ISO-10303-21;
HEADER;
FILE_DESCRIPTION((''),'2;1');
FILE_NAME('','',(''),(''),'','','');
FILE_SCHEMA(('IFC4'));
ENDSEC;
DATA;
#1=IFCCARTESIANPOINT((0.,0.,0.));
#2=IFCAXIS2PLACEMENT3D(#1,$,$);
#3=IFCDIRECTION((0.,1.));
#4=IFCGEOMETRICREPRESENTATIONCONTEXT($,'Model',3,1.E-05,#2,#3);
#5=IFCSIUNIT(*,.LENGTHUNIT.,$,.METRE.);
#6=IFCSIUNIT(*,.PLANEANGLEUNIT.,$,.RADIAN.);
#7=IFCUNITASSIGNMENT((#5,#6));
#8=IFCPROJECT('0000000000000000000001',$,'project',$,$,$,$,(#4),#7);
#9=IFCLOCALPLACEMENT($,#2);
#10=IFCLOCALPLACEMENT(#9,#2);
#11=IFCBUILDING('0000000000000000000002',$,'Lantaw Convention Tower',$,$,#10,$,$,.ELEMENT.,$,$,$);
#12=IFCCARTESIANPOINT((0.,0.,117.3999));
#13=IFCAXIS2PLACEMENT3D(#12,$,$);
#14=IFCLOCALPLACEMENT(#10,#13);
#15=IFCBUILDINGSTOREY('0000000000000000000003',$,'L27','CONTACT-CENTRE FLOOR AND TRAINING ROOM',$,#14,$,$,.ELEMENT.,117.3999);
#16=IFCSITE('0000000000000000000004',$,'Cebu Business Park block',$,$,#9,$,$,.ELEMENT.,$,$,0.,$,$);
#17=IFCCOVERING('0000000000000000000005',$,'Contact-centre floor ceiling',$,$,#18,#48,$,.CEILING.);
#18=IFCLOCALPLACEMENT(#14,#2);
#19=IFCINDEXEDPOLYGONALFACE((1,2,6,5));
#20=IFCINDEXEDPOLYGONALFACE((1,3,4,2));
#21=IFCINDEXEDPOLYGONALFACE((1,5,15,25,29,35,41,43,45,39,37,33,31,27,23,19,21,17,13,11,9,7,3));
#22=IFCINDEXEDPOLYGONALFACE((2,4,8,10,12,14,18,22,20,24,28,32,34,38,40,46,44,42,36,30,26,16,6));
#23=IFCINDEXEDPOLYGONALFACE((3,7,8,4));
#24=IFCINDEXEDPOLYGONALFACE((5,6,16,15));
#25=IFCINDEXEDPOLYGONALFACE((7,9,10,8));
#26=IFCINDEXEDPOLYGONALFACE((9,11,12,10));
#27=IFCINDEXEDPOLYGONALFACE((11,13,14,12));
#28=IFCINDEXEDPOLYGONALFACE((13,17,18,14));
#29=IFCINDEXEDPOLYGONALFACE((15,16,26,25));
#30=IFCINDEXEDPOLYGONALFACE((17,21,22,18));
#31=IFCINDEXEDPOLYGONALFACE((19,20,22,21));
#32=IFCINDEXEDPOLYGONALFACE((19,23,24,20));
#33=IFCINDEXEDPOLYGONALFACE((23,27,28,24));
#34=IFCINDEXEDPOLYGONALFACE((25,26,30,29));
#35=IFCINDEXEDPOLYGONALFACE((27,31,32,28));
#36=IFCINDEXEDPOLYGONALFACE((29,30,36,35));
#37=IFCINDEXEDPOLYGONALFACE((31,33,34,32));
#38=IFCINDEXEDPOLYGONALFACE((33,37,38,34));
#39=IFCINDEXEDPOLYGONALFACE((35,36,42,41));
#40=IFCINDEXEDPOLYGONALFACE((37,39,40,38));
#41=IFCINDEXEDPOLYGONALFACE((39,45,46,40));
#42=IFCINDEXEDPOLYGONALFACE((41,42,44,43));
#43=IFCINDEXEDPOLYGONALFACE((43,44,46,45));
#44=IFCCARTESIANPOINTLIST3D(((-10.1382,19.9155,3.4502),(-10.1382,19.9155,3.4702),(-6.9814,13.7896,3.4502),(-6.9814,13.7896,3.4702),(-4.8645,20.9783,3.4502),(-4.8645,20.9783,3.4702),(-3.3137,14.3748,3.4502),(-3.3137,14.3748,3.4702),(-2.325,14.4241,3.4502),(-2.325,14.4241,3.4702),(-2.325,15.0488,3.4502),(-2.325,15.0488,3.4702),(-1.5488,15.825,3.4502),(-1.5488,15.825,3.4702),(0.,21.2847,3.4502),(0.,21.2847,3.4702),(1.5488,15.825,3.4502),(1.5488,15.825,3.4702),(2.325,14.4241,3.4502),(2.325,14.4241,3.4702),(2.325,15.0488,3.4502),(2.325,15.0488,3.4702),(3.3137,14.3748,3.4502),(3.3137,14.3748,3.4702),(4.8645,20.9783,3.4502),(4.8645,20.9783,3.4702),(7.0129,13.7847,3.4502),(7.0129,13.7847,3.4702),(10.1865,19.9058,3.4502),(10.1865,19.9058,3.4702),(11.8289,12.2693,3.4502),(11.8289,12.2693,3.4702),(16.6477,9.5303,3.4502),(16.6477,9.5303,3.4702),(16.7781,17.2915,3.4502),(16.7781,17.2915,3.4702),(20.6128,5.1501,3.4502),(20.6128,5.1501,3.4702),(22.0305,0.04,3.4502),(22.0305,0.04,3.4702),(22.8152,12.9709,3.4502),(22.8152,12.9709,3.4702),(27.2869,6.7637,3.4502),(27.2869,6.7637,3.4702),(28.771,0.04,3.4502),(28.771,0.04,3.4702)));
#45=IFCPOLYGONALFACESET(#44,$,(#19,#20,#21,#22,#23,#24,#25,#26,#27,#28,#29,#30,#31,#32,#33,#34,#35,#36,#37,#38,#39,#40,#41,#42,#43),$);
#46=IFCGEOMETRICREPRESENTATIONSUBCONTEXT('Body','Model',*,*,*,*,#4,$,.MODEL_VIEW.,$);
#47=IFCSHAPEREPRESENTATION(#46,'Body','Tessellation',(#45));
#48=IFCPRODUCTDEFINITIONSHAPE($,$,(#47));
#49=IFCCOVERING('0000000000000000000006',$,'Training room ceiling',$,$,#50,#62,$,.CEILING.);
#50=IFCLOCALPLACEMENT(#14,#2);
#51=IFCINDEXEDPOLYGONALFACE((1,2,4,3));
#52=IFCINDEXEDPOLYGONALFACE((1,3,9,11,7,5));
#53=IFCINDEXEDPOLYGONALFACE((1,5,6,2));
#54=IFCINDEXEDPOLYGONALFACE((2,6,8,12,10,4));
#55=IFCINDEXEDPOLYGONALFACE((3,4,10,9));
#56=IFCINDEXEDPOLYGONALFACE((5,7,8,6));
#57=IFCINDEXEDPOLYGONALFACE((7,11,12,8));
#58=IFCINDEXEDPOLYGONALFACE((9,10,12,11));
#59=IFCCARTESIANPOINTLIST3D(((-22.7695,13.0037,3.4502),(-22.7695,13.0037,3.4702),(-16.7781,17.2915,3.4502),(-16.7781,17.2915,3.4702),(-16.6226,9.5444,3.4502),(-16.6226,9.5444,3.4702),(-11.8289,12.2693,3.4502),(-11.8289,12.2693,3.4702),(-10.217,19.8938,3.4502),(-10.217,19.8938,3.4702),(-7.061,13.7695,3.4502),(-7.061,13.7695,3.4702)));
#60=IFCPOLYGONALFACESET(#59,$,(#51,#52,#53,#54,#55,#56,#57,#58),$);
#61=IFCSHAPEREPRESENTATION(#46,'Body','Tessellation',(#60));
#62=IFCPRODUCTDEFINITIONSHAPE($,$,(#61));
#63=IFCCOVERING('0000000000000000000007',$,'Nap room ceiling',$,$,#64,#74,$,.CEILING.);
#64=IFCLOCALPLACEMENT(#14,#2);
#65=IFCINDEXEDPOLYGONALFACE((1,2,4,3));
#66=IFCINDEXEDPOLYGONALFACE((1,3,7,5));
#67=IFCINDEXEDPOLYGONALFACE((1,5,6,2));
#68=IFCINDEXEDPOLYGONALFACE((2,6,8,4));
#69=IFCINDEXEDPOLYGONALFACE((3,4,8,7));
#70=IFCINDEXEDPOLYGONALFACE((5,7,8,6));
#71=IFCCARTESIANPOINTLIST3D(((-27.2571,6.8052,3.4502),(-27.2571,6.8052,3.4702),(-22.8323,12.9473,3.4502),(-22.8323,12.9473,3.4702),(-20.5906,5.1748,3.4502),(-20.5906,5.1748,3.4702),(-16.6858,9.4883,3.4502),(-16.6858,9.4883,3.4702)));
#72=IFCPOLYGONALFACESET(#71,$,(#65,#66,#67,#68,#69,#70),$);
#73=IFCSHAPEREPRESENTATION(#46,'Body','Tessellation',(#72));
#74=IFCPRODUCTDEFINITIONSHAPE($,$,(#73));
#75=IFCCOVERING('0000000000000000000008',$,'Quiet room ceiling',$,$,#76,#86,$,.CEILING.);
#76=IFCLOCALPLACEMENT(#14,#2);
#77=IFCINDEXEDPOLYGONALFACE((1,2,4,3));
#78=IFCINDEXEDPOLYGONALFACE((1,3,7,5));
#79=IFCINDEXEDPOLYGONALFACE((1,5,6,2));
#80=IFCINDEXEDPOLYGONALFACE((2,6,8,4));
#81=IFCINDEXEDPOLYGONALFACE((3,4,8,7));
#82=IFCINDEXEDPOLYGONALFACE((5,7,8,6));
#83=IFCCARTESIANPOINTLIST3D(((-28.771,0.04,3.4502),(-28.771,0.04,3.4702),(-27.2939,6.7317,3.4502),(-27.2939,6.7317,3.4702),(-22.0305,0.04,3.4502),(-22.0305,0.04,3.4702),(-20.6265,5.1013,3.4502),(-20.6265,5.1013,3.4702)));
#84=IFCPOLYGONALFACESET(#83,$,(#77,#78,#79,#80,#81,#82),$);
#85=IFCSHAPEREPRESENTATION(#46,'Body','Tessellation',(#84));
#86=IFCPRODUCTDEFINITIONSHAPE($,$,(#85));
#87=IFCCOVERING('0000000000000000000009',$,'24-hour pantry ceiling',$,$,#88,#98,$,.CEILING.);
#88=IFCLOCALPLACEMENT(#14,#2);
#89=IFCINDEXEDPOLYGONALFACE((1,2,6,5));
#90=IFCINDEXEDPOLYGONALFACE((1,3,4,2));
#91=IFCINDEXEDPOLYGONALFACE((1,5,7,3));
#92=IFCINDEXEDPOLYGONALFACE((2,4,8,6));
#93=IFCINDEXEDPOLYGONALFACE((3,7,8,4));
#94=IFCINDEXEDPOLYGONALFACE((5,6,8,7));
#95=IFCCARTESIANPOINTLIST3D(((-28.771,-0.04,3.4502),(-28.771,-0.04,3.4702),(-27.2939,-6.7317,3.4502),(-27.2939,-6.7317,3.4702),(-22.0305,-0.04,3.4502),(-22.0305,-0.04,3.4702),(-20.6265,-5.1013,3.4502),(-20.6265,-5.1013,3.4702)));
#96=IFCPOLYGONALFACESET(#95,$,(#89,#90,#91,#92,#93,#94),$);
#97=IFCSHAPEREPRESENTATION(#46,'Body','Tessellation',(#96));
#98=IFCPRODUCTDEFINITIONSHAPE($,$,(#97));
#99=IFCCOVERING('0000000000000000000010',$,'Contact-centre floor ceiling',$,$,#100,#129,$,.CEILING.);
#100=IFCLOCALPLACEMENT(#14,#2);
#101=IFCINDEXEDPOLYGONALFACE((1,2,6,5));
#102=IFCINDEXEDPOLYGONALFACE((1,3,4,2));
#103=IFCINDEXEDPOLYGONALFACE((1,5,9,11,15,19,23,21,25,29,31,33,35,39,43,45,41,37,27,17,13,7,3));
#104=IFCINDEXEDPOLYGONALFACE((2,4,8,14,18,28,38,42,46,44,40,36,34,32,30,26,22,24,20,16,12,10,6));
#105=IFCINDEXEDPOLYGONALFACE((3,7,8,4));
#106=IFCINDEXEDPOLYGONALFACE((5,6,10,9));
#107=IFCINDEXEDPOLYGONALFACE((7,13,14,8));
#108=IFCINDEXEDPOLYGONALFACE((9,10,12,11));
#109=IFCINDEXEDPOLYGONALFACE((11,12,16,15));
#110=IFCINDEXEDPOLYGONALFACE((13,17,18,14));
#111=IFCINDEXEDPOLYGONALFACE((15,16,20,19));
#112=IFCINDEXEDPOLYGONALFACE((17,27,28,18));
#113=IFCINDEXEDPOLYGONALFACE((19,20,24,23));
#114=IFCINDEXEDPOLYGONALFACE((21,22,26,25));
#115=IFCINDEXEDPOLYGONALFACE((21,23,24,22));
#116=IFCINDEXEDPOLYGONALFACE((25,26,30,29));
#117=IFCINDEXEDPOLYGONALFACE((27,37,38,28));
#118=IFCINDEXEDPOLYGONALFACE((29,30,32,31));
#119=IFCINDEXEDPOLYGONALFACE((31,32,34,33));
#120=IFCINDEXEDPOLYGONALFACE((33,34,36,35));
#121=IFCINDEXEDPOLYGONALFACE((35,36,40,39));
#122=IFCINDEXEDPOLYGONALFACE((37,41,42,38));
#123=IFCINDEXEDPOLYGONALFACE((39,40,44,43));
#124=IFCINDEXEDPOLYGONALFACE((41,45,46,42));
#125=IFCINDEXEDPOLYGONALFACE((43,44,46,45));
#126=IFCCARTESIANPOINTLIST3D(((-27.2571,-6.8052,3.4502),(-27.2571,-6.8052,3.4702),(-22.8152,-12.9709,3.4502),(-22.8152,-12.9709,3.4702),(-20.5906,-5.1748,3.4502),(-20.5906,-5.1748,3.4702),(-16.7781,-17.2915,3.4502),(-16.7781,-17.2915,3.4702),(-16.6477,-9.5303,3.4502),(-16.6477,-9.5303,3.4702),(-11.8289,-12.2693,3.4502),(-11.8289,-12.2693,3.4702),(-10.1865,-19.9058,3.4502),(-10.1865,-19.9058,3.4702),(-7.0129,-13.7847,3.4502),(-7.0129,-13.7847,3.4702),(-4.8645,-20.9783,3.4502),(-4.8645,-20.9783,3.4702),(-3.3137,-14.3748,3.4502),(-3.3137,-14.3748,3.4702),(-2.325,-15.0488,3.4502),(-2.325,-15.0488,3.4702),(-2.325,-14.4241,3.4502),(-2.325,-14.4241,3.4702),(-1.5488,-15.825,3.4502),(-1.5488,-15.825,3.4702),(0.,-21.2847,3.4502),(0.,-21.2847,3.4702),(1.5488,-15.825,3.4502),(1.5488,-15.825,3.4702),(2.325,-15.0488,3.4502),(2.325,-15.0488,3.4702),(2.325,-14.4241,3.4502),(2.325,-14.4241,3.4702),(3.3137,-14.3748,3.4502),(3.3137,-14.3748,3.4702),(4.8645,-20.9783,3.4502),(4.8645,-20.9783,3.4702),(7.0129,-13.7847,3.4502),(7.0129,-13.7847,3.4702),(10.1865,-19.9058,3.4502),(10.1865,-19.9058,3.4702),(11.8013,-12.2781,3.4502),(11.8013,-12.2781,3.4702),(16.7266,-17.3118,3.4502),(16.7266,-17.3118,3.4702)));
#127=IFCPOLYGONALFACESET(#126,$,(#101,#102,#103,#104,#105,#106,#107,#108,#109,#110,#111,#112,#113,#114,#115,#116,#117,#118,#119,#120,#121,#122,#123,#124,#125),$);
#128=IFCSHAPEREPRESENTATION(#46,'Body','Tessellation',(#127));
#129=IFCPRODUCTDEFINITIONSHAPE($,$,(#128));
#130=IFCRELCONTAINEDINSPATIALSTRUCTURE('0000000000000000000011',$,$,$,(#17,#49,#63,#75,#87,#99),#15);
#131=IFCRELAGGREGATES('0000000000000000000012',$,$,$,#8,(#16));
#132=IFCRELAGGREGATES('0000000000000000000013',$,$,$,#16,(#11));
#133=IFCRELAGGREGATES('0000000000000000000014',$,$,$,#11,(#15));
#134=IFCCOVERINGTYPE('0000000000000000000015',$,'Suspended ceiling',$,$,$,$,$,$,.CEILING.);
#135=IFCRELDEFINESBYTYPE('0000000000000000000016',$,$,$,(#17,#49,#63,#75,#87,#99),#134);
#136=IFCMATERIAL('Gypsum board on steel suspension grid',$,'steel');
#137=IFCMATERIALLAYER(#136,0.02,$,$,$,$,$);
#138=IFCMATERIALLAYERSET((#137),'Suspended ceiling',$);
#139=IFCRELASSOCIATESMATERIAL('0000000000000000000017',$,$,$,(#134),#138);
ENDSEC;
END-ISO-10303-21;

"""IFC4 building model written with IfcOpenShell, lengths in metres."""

from ifc_helpers import new_model, si_unit, direction, frame, origin, place, context, subcontext, project, spatial, polyline, outline, extrude, material, layer, layer_set, type_object, element, save


model = new_model("IFC4")

# Units and contexts
model_context = context("Model", 3, precision=1e-05, world=origin(), true_north=direction((0.0, 1.0)))
body_context = subcontext(model_context, "Body", "Model", "MODEL_VIEW")
ifc_project = project(units=[si_unit("LENGTHUNIT", "METRE"), si_unit("PLANEANGLEUNIT", "RADIAN")], contexts=[model_context])

# Site, building, storey
site_placement = place(None, origin())
site = spatial("IfcSite", under=ifc_project, at=site_placement, Name="Cebu Business Park block", CompositionType="ELEMENT", RefElevation=0.0)
building_placement = place(site_placement, origin())
building = spatial("IfcBuilding", under=site, at=building_placement, Name="Lantaw Convention Tower", CompositionType="ELEMENT")
storey_placement = place(building_placement, frame((0.0, 0.0, 117.3999)))
storey = spatial("IfcBuildingStorey", under=building, at=storey_placement, Name="L27", Description="CONTACT-CENTRE FLOOR AND TRAINING ROOM", CompositionType="ELEMENT", Elevation=117.3999)

# Coverings
ifc_material_1 = material(Name="Gypsum board on steel suspension grid", Category="steel")
ifc_layer_1 = layer(ifc_material_1, 0.02)
ifc_layer_set_1 = layer_set([ifc_layer_1], Name="Suspended ceiling")
covering_type = type_object("IfcCoveringType", Name="Suspended ceiling", PredefinedType="CEILING", material=ifc_layer_set_1)
covering_1_placement = place(storey_placement, frame((0.0, 0.0, 3.4502)))
element("IfcCovering", 1, at=covering_1_placement, inside=storey, type_object=covering_type, Name="Contact-centre floor ceiling", PredefinedType="CEILING", context=body_context, shape_type="SweptSolid", body=[
    extrude(outline(polyline([(20.6128, 5.1501), (22.0305, 0.04), (28.771, 0.04), (27.2869, 6.7637), (22.8152, 12.9709), (16.7781, 17.2915), (10.1865, 19.9058), (4.8645, 20.9783), (0.0, 21.2847), (-4.8645, 20.9783), (-10.1382, 19.9155), (-6.9814, 13.7896), (-3.3137, 14.3748), (-2.325, 14.4241), (-2.325, 15.0488), (-1.5488, 15.825), (1.5488, 15.825), (2.325, 15.0488), (2.325, 14.4241), (3.3137, 14.3748), (7.0129, 13.7847), (11.8289, 12.2693), (16.6477, 9.5303), (20.6128, 5.1501)])), origin(), (0.0, 0.0, 1.0), 0.02),
])
covering_2_placement = place(storey_placement, frame((0.0, 0.0, 3.4502)))
element("IfcCovering", 2, at=covering_2_placement, inside=storey, type_object=covering_type, Name="Training room ceiling", PredefinedType="CEILING", context=body_context, shape_type="SweptSolid", body=[
    extrude(outline(polyline([(-7.061, 13.7695), (-10.217, 19.8938), (-16.7781, 17.2915), (-22.7695, 13.0037), (-16.6226, 9.5444), (-11.8289, 12.2693), (-7.061, 13.7695)])), origin(), (0.0, 0.0, 1.0), 0.02),
])
covering_3_placement = place(storey_placement, frame((0.0, 0.0, 3.4502)))
element("IfcCovering", 3, at=covering_3_placement, inside=storey, type_object=covering_type, Name="Nap room ceiling", PredefinedType="CEILING", context=body_context, shape_type="SweptSolid", body=[
    extrude(outline(polyline([(-16.6858, 9.4883), (-22.8323, 12.9473), (-27.2571, 6.8052), (-20.5906, 5.1748), (-16.6858, 9.4883)])), origin(), (0.0, 0.0, 1.0), 0.02),
])
covering_4_placement = place(storey_placement, frame((0.0, 0.0, 3.4502)))
element("IfcCovering", 4, at=covering_4_placement, inside=storey, type_object=covering_type, Name="Quiet room ceiling", PredefinedType="CEILING", context=body_context, shape_type="SweptSolid", body=[
    extrude(outline(polyline([(-20.6265, 5.1013), (-27.2939, 6.7317), (-28.771, 0.04), (-22.0305, 0.04), (-20.6265, 5.1013)])), origin(), (0.0, 0.0, 1.0), 0.02),
])
covering_5_placement = place(storey_placement, frame((0.0, 0.0, 3.4502)))
element("IfcCovering", 5, at=covering_5_placement, inside=storey, type_object=covering_type, Name="24-hour pantry ceiling", PredefinedType="CEILING", context=body_context, shape_type="SweptSolid", body=[
    extrude(outline(polyline([(-22.0305, -0.04), (-28.771, -0.04), (-27.2939, -6.7317), (-20.6265, -5.1013), (-22.0305, -0.04)])), origin(), (0.0, 0.0, 1.0), 0.02),
])
covering_6_placement = place(storey_placement, frame((0.0, 0.0, 3.4502)))
element("IfcCovering", 6, at=covering_6_placement, inside=storey, type_object=covering_type, Name="Contact-centre floor ceiling", PredefinedType="CEILING", context=body_context, shape_type="SweptSolid", body=[
    extrude(outline(polyline([(-16.6477, -9.5303), (-20.5906, -5.1748), (-27.2571, -6.8052), (-22.8152, -12.9709), (-16.7781, -17.2915), (-10.1865, -19.9058), (-4.8645, -20.9783), (0.0, -21.2847), (4.8645, -20.9783), (10.1865, -19.9058), (16.7266, -17.3118), (11.8013, -12.2781), (7.0129, -13.7847), (3.3137, -14.3748), (2.325, -14.4241), (2.325, -15.0488), (1.5488, -15.825), (-1.5488, -15.825), (-2.325, -15.0488), (-2.325, -14.4241), (-3.3137, -14.3748), (-7.0129, -13.7847), (-11.8289, -12.2693), (-16.6477, -9.5303)])), origin(), (0.0, 0.0, 1.0), 0.02),
])

save(model, "model.ifc")
